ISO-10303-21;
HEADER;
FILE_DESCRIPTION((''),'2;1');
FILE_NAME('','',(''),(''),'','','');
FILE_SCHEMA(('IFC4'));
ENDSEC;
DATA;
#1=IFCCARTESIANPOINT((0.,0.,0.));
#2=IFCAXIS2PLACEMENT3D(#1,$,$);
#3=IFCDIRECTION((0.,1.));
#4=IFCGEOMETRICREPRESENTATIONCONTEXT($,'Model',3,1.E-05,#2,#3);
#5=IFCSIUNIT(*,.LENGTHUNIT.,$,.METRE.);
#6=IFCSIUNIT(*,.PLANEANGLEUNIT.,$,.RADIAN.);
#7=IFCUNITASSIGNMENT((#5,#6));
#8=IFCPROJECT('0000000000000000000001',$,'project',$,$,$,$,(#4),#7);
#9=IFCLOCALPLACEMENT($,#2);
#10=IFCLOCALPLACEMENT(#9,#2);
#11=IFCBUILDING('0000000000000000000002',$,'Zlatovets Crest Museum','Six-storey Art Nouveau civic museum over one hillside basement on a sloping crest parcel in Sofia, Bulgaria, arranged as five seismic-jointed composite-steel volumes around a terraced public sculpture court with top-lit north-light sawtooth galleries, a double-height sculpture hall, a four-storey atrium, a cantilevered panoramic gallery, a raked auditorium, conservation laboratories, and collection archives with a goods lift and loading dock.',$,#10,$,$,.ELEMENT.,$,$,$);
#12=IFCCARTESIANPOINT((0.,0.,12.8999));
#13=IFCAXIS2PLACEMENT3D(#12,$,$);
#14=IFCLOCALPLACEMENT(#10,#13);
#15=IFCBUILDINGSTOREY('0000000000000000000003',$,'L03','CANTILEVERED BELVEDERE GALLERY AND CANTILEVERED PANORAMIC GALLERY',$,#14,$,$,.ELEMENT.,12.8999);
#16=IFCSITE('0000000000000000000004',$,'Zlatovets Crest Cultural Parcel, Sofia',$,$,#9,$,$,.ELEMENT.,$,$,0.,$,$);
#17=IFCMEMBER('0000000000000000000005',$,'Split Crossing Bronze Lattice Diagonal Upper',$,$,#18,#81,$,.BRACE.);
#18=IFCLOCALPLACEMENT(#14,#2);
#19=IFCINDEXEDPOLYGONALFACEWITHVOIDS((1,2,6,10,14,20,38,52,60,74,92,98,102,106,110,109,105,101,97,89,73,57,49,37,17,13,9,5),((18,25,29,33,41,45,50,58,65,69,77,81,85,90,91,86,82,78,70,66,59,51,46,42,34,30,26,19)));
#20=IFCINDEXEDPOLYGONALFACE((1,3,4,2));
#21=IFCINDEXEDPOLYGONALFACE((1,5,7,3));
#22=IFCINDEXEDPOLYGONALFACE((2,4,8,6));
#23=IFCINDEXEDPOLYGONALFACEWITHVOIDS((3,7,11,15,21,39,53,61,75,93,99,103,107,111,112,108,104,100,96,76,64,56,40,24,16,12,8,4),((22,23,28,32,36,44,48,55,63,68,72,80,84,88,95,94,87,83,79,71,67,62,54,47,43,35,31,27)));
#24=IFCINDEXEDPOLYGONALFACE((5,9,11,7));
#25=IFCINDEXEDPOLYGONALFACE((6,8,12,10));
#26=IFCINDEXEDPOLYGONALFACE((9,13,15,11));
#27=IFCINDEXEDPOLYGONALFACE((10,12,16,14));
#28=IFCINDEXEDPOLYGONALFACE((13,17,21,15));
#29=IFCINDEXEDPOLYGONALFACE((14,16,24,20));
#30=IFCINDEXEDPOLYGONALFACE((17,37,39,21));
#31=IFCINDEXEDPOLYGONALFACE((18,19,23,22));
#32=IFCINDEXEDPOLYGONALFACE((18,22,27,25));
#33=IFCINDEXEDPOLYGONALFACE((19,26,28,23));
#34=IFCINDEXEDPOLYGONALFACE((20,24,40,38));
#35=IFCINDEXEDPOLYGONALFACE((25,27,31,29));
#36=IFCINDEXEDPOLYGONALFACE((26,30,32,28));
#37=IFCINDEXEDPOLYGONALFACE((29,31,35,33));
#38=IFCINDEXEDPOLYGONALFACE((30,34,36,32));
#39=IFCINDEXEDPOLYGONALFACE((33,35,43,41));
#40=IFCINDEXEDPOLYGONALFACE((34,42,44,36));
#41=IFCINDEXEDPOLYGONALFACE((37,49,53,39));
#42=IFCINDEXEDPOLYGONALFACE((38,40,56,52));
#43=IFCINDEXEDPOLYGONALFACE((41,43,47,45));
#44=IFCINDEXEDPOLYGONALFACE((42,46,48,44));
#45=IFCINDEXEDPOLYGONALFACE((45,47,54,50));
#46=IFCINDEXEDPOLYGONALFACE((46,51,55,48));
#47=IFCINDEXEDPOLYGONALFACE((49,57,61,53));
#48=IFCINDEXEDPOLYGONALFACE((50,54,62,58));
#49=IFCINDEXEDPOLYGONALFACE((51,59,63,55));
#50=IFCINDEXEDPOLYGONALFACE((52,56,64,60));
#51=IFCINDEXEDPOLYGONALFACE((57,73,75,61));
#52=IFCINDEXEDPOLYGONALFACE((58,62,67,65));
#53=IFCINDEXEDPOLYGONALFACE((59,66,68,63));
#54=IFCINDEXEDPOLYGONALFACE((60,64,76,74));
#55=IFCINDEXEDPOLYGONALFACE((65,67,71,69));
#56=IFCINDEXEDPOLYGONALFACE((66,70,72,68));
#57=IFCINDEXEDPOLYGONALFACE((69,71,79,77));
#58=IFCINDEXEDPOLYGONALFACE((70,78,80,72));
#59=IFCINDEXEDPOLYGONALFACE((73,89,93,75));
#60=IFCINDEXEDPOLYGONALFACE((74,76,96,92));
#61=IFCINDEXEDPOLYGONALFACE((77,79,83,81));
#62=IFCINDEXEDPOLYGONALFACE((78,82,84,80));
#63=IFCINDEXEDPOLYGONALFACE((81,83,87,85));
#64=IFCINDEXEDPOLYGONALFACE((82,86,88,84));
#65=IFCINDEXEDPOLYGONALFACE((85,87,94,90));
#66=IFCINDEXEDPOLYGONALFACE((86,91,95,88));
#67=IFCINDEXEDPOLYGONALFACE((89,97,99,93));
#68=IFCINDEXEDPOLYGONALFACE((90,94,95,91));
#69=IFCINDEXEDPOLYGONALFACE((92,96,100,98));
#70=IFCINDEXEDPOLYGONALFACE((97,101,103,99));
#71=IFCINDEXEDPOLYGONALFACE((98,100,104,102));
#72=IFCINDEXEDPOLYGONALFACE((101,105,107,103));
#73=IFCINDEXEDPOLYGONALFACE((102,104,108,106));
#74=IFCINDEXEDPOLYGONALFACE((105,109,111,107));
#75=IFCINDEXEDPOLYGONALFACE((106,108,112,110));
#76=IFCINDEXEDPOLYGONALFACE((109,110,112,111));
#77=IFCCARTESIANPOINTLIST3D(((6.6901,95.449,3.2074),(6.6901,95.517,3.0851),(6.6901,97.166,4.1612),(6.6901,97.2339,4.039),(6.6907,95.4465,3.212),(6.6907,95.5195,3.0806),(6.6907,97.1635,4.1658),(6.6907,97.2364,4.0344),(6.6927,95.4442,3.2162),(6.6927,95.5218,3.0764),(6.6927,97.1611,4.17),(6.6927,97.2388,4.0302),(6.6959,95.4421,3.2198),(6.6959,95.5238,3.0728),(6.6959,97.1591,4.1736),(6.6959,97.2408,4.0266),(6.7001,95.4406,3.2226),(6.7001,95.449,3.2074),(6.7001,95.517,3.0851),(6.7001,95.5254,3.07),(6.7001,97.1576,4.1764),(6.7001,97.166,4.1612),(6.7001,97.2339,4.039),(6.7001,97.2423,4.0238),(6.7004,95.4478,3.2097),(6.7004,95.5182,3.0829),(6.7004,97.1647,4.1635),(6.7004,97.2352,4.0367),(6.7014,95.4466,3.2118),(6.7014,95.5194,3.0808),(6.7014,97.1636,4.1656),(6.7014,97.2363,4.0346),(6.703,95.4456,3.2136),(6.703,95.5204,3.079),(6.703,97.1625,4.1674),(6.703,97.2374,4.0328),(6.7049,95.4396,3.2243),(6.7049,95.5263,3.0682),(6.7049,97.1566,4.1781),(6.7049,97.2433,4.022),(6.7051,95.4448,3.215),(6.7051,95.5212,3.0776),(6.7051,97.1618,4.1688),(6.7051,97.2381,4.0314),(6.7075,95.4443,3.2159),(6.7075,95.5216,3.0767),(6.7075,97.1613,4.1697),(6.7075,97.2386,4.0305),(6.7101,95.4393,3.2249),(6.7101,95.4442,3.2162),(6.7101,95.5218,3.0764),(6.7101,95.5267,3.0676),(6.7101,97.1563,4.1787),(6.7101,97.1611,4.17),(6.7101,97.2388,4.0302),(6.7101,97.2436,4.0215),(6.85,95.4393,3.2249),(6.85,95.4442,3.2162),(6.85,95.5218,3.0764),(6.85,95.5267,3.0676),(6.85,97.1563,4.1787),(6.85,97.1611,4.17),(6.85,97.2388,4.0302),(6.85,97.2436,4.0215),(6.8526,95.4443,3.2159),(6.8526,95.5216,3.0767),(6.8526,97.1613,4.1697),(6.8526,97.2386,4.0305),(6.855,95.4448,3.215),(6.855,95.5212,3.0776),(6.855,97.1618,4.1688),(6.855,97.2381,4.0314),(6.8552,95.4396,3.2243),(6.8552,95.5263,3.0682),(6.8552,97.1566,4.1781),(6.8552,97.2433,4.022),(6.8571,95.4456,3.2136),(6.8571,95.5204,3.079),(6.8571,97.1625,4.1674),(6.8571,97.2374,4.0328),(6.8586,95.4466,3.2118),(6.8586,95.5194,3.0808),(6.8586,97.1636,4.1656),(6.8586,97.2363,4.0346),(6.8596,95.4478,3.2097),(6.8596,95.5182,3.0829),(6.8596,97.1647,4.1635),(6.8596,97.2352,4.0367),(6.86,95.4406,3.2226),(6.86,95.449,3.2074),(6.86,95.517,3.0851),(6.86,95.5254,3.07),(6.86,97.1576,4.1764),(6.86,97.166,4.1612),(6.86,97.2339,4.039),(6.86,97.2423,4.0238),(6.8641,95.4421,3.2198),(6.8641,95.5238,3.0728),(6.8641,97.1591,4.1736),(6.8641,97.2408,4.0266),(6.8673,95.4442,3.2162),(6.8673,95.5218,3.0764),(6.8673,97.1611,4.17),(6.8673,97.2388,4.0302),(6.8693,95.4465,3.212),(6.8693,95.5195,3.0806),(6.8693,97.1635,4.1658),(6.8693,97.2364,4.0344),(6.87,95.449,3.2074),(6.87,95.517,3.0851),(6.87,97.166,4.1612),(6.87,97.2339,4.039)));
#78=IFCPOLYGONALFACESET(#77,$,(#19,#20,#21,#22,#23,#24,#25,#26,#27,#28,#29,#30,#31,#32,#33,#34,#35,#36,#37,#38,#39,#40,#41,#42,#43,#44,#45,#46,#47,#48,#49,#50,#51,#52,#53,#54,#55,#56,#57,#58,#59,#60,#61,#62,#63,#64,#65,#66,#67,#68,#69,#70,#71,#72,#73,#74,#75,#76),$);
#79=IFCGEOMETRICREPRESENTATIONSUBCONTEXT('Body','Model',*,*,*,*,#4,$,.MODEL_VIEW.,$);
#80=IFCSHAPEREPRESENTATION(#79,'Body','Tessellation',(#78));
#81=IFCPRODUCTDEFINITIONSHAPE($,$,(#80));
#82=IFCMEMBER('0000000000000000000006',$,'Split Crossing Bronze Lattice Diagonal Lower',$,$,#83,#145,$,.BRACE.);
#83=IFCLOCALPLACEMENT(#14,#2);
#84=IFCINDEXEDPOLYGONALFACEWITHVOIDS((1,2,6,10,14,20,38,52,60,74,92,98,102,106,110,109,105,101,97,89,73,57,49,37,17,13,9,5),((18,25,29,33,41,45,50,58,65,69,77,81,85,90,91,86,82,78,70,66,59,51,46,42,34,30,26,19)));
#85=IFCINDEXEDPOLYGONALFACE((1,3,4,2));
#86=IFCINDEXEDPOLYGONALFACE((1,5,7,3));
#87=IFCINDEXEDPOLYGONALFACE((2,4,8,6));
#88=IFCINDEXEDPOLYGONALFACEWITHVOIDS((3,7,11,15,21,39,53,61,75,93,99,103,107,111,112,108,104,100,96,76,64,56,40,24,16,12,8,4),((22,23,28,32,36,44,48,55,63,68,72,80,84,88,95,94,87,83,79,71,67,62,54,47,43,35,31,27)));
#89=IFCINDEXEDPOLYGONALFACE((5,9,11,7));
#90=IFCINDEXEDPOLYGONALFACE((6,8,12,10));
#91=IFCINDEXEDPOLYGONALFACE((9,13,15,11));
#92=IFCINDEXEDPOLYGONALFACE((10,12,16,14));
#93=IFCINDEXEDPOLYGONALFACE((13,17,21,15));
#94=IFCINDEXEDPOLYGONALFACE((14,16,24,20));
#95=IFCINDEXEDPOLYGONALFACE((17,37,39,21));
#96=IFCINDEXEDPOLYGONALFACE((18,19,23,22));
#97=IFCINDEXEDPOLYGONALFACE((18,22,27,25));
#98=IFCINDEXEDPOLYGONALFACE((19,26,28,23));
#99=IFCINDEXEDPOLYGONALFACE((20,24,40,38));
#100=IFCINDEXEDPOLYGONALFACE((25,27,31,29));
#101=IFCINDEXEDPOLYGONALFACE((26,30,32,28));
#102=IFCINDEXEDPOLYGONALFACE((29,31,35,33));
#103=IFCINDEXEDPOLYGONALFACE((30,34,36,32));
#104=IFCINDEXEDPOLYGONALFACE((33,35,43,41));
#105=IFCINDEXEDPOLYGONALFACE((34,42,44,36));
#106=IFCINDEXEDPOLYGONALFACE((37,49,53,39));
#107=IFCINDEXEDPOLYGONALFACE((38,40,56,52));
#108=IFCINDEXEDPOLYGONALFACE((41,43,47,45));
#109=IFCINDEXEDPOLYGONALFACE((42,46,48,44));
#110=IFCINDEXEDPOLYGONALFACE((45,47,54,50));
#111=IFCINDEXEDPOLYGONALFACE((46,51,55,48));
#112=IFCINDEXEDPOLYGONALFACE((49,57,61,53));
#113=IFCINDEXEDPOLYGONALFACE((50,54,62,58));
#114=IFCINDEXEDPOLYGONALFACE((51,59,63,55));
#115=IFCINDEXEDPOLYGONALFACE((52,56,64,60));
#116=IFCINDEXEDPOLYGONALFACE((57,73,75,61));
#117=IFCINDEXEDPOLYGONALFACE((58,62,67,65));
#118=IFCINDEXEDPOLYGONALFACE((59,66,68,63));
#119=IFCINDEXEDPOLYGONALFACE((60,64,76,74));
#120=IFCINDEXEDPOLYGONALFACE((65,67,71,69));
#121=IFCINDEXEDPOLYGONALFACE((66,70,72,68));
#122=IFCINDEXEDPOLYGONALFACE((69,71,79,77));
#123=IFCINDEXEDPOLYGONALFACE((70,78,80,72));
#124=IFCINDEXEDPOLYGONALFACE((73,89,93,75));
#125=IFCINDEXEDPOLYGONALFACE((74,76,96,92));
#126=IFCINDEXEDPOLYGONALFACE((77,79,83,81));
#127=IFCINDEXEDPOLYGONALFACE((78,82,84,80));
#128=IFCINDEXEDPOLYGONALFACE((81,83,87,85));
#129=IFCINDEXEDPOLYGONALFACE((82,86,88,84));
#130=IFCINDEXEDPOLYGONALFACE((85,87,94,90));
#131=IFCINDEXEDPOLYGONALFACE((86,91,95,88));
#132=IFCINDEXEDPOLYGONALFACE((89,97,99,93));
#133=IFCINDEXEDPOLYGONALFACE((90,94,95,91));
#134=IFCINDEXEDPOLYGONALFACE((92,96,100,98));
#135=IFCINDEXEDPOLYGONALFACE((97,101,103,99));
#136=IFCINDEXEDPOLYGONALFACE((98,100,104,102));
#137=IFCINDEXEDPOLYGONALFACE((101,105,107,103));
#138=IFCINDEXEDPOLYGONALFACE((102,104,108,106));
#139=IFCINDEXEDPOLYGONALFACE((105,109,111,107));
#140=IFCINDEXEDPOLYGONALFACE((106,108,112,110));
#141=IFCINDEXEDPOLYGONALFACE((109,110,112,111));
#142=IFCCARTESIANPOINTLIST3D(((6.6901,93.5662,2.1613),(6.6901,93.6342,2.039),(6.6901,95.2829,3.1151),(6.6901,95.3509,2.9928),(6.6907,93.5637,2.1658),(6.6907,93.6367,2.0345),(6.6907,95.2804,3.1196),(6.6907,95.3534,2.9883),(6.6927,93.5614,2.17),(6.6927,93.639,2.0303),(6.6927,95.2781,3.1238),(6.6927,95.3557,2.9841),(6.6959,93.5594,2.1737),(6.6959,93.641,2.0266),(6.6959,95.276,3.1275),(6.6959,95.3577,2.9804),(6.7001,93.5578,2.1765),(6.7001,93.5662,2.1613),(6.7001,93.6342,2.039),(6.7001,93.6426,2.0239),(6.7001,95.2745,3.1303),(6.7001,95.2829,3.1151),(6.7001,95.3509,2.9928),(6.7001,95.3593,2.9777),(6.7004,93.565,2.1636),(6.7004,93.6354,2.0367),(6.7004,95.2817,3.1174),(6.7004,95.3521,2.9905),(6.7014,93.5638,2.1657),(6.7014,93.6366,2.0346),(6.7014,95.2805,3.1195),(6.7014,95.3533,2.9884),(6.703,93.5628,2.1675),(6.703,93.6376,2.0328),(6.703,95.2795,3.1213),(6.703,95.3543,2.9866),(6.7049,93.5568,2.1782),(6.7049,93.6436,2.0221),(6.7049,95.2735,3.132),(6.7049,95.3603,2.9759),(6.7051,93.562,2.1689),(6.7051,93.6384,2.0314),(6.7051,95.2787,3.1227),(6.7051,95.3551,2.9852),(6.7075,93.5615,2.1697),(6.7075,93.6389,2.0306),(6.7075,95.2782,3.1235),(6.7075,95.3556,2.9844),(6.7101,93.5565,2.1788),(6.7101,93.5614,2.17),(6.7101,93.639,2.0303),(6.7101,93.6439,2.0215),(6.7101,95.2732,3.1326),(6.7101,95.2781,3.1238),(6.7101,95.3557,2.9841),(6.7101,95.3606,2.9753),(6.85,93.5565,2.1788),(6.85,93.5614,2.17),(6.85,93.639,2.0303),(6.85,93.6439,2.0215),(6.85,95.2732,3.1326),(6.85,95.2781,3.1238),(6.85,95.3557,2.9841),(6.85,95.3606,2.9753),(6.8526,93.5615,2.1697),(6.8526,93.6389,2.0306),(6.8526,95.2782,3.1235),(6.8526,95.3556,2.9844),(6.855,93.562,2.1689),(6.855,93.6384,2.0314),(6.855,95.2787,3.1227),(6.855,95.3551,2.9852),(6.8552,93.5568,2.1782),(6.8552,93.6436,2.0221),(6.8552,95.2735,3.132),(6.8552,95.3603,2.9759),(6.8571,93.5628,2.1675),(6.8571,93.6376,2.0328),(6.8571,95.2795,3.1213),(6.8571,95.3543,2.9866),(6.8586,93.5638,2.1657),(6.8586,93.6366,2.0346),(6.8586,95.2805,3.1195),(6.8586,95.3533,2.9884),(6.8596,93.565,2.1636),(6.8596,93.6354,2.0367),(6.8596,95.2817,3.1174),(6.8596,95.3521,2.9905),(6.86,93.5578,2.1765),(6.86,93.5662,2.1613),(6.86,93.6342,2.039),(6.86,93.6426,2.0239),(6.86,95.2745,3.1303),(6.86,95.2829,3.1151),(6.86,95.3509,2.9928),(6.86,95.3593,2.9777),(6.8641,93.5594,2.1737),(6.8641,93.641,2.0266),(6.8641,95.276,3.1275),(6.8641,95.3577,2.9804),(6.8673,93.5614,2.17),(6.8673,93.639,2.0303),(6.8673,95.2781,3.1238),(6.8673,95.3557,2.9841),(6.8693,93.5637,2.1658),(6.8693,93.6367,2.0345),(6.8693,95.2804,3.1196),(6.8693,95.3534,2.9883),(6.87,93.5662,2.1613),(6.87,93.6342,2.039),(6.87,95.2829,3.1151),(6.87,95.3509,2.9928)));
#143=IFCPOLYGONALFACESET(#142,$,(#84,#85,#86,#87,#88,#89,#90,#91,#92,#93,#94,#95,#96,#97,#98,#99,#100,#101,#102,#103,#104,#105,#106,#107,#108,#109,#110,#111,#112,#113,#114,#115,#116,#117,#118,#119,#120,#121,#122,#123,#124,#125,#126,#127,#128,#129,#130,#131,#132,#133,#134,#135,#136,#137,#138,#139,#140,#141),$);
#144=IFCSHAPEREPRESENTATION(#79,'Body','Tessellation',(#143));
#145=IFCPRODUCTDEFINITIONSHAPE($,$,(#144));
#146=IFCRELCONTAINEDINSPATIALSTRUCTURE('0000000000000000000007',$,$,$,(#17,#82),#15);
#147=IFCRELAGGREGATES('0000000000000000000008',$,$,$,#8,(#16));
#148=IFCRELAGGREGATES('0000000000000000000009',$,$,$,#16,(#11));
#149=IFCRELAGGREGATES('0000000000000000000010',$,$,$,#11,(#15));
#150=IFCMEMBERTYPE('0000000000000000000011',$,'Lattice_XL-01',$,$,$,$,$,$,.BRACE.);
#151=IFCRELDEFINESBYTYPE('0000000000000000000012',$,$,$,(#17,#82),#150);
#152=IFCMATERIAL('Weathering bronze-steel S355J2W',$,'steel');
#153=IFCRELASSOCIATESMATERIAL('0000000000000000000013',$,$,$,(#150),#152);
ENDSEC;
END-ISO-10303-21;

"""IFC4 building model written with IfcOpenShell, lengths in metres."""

from ifc_helpers import new_model, si_unit, direction, frame, origin, origin_2d, place, context, subcontext, project, spatial, hollow_rectangle, extrude, material, material_profile, profile_set, type_object, element, save


model = new_model("IFC4")

# Units and contexts
model_context = context("Model", 3, precision=1e-05, world=origin(), true_north=direction((0.0, 1.0)))
body_context = subcontext(model_context, "Body", "Model", "MODEL_VIEW")
ifc_project = project(units=[si_unit("LENGTHUNIT", "METRE"), si_unit("PLANEANGLEUNIT", "RADIAN")], contexts=[model_context])

# Site, building, storey
site_placement = place(None, origin())
site = spatial("IfcSite", under=ifc_project, at=site_placement, Name="Zlatovets Crest Cultural Parcel, Sofia", CompositionType="ELEMENT", RefElevation=0.0)
building_placement = place(site_placement, origin())
building = spatial("IfcBuilding", under=site, at=building_placement, Name="Zlatovets Crest Museum", Description="Six-storey Art Nouveau civic museum over one hillside basement on a sloping crest parcel in Sofia, Bulgaria, arranged as five seismic-jointed composite-steel volumes around a terraced public sculpture court with top-lit north-light sawtooth galleries, a double-height sculpture hall, a four-storey atrium, a cantilevered panoramic gallery, a raked auditorium, conservation laboratories, and collection archives with a goods lift and loading dock.", CompositionType="ELEMENT")
storey_placement = place(building_placement, frame((0.0, 0.0, 12.8999)))
storey = spatial("IfcBuildingStorey", under=building, at=storey_placement, Name="L03", Description="CANTILEVERED BELVEDERE GALLERY AND CANTILEVERED PANORAMIC GALLERY", CompositionType="ELEMENT", Elevation=12.8999)

# Members
ifc_material_1 = material(Name="Weathering bronze-steel S355J2W", Category="steel")
ifc_material_profile_1 = material_profile(ifc_material_1, hollow_rectangle(XDim=0.1799, YDim=0.1799, WallThickness=0.01, InnerFilletRadius=0.01, OuterFilletRadius=0.02, at=origin_2d()), Name="SHS 180x180x10.0")
ifc_profile_set_1 = profile_set([ifc_material_profile_1], Name="Weathering bronze-steel S355J2W")
member_type_1 = type_object("IfcMemberType", Name="Lattice_XL-01", PredefinedType="BRACE", material=ifc_profile_set_1)
member_1_placement = place(storey_placement, frame((6.78, 97.2, 4.1001), z_axis=(0.0, -0.874169, -0.485622), x_axis=(1.0, 0.0, 0.0)))
element("IfcMember", 1, at=member_1_placement, inside=storey, type_object=member_type_1, Name="Split Crossing Bronze Lattice Diagonal Upper", PredefinedType="BRACE", context=body_context, shape_type="SweptSolid", body=[
    extrude(hollow_rectangle(XDim=0.1799, YDim=0.1799, WallThickness=0.01, InnerFilletRadius=0.01, OuterFilletRadius=0.02, at=origin_2d()), origin(), (0.0, 0.0, 1.0), 1.9641),
])
member_2_placement = place(storey_placement, frame((6.78, 95.3169, 3.054), z_axis=(0.0, -0.87414, -0.485675), x_axis=(1.0, 0.0, 0.0)))
element("IfcMember", 2, at=member_2_placement, inside=storey, type_object=member_type_1, Name="Split Crossing Bronze Lattice Diagonal Lower", PredefinedType="BRACE", context=body_context, shape_type="SweptSolid", body=[
    extrude(hollow_rectangle(XDim=0.1799, YDim=0.1799, WallThickness=0.01, InnerFilletRadius=0.01, OuterFilletRadius=0.02, at=origin_2d()), origin(), (0.0, 0.0, 1.0), 1.9639),
])

save(model, "model.ifc")
